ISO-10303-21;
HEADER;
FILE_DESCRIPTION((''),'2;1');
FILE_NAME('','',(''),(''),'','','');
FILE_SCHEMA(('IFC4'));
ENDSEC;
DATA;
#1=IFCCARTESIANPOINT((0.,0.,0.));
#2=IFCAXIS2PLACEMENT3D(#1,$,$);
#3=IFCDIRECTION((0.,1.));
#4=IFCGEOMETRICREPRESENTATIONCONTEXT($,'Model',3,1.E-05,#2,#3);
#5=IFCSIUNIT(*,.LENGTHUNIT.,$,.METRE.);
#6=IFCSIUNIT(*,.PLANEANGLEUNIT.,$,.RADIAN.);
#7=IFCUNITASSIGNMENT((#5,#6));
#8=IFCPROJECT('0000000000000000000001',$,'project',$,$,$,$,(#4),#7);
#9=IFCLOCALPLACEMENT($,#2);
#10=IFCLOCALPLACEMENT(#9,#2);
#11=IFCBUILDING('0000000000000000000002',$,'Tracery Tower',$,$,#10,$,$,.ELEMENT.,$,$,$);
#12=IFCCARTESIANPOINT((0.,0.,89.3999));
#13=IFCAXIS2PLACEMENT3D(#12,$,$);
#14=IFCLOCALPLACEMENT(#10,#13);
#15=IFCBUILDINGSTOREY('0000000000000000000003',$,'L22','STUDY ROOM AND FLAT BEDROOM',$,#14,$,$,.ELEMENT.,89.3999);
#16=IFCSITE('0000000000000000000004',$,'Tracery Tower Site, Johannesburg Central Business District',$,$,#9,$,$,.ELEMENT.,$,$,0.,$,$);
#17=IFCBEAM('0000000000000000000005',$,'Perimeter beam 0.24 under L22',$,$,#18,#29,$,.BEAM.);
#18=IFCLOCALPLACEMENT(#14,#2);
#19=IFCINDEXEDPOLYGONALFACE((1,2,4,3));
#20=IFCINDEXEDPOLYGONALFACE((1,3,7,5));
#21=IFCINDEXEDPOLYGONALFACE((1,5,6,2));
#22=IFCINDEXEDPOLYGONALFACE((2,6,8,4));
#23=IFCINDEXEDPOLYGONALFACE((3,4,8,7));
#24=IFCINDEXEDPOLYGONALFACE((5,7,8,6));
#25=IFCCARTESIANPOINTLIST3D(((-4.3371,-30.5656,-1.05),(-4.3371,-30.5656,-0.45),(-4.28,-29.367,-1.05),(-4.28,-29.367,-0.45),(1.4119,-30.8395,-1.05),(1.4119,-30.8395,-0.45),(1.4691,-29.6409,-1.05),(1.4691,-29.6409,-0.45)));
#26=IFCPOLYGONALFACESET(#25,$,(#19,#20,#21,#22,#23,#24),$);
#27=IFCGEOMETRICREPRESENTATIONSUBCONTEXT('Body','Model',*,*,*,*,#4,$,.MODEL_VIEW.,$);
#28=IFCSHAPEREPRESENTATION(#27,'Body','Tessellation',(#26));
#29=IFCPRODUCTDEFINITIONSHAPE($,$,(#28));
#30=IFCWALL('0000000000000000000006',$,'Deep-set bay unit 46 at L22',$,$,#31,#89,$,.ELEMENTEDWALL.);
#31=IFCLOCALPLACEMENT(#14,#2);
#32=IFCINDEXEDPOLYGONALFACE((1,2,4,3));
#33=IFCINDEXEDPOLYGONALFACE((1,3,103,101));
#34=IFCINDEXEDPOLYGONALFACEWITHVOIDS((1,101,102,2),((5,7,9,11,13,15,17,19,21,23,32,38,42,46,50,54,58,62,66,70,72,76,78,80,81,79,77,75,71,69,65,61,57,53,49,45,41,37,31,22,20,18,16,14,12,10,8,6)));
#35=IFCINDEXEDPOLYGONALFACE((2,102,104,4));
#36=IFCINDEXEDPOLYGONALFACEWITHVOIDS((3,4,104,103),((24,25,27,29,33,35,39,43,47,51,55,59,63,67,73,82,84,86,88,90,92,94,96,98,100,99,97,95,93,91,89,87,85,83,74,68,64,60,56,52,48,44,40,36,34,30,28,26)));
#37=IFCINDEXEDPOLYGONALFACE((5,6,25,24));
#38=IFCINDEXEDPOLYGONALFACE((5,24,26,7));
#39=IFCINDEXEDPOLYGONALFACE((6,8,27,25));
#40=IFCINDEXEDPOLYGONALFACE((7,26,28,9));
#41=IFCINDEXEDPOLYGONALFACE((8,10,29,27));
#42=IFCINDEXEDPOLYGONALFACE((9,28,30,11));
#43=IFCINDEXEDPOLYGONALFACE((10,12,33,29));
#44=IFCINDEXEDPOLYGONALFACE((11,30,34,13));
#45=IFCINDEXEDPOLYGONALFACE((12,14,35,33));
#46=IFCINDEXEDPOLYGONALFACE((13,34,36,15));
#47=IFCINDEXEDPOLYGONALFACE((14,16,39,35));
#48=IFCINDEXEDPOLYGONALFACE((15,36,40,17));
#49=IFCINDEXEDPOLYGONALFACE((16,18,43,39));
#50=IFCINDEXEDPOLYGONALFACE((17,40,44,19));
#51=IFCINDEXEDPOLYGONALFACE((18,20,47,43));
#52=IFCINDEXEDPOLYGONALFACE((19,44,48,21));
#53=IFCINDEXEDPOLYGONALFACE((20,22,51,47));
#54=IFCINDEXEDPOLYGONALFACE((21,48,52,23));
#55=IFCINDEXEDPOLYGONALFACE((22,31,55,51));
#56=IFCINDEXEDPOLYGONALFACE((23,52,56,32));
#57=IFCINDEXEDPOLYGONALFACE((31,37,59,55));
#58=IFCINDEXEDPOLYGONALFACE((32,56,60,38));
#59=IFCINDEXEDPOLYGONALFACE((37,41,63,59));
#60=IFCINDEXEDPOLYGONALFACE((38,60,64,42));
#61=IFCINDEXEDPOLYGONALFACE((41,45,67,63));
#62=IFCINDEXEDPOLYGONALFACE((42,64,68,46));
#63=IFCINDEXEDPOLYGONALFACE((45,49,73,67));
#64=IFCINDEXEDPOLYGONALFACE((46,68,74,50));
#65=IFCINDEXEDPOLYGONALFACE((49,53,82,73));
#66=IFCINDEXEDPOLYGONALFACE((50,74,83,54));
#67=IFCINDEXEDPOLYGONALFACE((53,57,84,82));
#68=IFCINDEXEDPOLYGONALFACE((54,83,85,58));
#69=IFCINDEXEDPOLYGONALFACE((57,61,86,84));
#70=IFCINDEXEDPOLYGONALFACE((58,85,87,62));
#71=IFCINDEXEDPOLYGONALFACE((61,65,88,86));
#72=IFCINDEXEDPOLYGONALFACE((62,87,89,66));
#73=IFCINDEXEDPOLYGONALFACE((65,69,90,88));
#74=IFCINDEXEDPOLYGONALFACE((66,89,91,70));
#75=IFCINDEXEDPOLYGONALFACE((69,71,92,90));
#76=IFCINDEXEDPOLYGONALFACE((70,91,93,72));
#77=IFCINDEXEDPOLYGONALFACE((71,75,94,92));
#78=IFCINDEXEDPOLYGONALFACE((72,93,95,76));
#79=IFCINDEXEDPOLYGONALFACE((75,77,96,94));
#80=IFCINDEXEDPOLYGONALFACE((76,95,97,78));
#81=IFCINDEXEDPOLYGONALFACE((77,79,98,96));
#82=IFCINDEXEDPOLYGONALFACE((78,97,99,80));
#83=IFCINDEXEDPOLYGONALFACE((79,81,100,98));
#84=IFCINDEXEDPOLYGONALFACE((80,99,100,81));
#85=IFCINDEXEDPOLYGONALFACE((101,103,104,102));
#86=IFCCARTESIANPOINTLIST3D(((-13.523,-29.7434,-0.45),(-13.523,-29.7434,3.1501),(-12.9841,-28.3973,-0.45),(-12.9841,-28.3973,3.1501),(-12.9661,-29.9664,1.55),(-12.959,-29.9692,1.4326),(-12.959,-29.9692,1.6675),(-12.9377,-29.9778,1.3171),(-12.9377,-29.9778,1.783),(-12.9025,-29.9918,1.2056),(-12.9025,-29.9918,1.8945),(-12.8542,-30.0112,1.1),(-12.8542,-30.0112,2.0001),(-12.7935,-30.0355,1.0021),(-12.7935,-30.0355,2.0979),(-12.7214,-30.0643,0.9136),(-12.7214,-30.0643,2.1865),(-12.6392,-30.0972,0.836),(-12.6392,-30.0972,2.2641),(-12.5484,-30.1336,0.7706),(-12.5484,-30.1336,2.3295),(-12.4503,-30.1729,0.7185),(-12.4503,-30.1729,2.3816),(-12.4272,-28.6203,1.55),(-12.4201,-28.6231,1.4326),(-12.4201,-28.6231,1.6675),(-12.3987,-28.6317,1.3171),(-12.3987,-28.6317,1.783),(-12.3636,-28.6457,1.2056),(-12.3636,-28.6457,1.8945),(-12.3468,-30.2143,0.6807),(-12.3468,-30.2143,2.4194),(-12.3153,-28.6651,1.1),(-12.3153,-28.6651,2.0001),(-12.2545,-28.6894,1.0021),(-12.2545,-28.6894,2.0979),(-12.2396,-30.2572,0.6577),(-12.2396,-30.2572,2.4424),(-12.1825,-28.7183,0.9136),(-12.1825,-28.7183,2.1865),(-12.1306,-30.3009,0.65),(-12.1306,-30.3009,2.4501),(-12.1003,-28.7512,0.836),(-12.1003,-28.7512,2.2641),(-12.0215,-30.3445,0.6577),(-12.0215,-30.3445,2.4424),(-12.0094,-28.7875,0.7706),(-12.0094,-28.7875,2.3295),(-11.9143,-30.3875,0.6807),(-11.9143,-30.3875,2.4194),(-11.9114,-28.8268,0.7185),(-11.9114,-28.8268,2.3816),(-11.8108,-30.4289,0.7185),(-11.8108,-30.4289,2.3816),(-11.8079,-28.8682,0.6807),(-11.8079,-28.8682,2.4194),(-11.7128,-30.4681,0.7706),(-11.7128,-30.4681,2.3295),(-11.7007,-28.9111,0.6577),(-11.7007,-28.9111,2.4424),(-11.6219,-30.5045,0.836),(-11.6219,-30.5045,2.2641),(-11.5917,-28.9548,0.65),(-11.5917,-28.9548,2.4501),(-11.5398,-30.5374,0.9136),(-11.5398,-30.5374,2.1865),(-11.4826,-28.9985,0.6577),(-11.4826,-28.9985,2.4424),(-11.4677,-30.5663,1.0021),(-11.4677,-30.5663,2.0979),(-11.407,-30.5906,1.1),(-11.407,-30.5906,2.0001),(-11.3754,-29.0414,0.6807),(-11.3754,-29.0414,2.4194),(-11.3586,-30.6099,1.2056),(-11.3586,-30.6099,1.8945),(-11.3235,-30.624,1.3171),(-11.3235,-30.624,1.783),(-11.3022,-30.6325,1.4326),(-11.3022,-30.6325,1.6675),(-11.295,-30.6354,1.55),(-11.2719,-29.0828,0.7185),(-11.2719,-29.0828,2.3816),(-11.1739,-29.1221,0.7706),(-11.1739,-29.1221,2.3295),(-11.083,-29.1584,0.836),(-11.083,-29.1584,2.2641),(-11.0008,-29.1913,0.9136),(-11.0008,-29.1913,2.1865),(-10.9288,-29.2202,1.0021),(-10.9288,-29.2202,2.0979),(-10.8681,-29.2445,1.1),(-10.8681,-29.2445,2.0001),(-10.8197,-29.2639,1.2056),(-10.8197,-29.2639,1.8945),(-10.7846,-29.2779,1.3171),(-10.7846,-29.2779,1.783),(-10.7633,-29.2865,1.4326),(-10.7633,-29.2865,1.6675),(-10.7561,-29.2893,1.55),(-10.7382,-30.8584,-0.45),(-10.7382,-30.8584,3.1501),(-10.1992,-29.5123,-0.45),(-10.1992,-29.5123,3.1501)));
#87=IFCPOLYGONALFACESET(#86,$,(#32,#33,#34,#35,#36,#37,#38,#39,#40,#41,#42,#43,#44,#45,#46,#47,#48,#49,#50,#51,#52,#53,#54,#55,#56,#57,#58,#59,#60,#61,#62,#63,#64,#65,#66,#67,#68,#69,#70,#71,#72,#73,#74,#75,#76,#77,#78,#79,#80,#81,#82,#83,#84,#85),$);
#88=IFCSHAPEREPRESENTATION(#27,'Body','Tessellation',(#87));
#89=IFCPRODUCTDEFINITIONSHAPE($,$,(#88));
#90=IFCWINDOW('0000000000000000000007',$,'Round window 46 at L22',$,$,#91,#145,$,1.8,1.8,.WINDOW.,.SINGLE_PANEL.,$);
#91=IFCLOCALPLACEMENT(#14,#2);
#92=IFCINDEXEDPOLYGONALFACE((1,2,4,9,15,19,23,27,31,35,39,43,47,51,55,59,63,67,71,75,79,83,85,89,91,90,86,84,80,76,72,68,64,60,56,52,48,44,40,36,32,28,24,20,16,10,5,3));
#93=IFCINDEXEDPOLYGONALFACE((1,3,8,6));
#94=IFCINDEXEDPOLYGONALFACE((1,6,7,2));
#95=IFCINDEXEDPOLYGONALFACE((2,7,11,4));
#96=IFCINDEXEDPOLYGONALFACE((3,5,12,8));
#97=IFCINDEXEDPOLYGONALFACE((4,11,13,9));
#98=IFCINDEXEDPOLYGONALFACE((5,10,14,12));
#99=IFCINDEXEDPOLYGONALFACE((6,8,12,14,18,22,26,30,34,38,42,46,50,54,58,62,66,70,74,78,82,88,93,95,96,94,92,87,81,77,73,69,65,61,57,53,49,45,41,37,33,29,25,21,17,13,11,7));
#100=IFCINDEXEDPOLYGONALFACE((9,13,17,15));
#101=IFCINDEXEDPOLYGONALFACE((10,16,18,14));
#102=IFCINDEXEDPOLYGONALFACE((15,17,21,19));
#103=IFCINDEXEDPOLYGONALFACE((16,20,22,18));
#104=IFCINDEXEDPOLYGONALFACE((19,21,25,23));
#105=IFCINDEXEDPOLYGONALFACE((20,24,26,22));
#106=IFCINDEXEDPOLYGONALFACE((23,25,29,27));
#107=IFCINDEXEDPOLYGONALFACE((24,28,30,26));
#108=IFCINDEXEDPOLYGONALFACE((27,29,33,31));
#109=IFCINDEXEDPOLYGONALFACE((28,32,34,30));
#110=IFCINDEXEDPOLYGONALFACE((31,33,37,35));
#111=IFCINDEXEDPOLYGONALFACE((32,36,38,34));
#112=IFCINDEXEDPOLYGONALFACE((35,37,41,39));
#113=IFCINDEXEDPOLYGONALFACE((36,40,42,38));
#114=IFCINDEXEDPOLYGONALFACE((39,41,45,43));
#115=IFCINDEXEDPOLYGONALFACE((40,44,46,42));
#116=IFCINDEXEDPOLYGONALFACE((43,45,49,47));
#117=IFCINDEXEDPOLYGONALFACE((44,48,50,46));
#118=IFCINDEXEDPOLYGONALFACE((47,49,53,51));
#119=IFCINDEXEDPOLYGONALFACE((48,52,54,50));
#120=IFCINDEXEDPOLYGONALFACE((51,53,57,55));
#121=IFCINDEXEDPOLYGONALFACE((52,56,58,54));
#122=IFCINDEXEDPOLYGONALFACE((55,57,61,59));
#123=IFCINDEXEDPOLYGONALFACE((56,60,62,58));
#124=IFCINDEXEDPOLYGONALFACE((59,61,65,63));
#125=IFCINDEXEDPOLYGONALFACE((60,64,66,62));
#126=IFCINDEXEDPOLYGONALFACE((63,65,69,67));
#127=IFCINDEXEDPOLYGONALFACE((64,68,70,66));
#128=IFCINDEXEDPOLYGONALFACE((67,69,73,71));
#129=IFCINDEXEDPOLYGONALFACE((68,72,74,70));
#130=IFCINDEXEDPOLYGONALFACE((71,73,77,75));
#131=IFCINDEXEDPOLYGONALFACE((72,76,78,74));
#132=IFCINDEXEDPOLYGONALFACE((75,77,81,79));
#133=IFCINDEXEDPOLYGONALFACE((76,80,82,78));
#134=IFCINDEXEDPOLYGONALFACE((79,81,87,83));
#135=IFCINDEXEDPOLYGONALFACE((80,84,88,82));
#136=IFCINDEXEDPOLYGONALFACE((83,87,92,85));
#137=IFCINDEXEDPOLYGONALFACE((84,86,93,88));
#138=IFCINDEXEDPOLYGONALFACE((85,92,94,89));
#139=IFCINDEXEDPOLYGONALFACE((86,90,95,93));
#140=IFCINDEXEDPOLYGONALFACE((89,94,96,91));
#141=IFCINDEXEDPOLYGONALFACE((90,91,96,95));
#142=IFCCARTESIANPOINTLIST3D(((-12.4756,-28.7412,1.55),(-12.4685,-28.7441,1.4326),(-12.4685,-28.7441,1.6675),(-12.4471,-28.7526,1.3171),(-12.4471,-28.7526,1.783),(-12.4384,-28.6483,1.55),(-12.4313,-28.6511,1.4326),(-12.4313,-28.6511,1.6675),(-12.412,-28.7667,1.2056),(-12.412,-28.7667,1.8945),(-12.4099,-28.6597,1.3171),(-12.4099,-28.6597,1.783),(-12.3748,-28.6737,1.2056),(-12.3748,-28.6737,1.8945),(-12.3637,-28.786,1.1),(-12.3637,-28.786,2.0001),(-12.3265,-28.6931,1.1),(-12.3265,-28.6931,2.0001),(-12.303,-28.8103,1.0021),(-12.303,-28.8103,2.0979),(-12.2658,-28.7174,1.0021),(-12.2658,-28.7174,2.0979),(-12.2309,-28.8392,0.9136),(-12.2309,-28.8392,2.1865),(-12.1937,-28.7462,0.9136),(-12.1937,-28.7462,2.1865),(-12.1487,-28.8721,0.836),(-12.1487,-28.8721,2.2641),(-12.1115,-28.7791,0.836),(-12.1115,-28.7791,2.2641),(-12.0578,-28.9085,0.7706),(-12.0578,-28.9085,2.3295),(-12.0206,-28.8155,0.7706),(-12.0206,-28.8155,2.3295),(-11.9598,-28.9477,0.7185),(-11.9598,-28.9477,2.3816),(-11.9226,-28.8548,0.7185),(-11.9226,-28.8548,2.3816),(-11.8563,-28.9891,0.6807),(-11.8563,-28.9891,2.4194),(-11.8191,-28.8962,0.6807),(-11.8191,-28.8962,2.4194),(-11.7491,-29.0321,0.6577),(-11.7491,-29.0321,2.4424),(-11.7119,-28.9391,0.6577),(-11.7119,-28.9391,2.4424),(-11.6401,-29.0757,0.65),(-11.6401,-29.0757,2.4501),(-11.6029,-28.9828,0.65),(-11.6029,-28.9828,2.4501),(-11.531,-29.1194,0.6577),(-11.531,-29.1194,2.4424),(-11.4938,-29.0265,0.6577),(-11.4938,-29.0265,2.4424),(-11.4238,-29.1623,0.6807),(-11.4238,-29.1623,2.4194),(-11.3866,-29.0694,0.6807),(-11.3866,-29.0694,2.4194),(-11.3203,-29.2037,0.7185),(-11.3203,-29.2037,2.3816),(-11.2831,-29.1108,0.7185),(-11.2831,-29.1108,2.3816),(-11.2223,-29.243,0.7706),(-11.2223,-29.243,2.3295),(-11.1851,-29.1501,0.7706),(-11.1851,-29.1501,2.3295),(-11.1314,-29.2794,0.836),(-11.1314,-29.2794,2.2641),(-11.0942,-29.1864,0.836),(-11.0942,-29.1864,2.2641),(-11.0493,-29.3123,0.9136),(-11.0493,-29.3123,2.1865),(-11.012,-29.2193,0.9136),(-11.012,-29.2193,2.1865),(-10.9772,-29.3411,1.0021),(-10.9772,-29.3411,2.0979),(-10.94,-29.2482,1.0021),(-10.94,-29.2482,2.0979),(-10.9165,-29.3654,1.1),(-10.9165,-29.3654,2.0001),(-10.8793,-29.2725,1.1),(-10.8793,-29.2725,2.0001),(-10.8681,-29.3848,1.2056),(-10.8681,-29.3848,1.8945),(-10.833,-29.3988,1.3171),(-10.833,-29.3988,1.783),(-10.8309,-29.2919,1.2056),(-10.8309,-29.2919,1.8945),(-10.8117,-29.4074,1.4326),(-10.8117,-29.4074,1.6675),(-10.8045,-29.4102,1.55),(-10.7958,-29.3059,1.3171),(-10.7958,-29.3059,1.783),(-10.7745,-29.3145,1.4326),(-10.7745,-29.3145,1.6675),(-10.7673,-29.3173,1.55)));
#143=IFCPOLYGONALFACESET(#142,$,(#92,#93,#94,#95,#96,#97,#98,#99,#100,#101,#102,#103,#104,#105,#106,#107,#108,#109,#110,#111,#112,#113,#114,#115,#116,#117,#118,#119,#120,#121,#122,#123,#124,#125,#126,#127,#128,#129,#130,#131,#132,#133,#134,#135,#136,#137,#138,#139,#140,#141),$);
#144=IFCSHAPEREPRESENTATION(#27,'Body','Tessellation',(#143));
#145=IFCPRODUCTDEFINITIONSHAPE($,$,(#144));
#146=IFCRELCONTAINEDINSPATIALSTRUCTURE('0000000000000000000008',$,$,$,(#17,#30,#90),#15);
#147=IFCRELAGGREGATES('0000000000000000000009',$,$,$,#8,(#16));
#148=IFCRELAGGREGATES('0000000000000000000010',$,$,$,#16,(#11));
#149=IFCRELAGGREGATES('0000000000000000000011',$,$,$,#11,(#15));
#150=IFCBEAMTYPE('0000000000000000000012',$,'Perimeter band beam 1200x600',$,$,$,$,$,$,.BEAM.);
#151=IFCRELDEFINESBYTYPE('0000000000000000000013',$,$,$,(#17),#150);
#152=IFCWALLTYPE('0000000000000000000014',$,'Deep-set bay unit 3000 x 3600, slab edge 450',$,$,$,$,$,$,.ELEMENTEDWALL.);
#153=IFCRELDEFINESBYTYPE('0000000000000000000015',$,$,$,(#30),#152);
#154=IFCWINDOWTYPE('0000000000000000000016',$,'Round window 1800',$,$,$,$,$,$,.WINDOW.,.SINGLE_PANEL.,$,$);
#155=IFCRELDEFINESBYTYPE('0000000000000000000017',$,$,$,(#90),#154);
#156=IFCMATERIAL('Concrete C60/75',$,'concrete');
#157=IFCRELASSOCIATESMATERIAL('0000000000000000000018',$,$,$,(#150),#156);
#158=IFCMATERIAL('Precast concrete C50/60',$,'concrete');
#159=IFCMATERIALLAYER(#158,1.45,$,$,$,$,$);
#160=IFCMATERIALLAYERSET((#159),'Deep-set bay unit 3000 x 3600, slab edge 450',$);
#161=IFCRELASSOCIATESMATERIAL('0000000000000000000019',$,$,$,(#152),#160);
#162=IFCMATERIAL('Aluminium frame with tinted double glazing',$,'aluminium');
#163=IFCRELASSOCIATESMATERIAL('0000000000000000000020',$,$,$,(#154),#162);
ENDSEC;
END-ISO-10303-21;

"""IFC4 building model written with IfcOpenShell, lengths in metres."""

from ifc_helpers import new_model, si_unit, direction, frame, frame_2d, origin, origin_2d, place, context, subcontext, project, spatial, rectangle, circle, extrude, material, layer, layer_set, material_profile, profile_set, type_object, element, fill, save


model = new_model("IFC4")

# Units and contexts
model_context = context("Model", 3, precision=1e-05, world=origin(), true_north=direction((0.0, 1.0)))
body_context = subcontext(model_context, "Body", "Model", "MODEL_VIEW")
ifc_project = project(units=[si_unit("LENGTHUNIT", "METRE"), si_unit("PLANEANGLEUNIT", "RADIAN")], contexts=[model_context])

# Site, building, storey
site_placement = place(None, origin())
site = spatial("IfcSite", under=ifc_project, at=site_placement, Name="Tracery Tower Site, Johannesburg Central Business District", CompositionType="ELEMENT", RefElevation=0.0)
building_placement = place(site_placement, origin())
building = spatial("IfcBuilding", under=site, at=building_placement, Name="Tracery Tower", CompositionType="ELEMENT")
storey_placement = place(building_placement, frame((0.0, 0.0, 89.3999)))
storey = spatial("IfcBuildingStorey", under=building, at=storey_placement, Name="L22", Description="STUDY ROOM AND FLAT BEDROOM", CompositionType="ELEMENT", Elevation=89.3999)

# Beam
ifc_material_1 = material(Name="Concrete C60/75", Category="concrete")
ifc_material_profile_1 = material_profile(ifc_material_1, rectangle(XDim=1.2, YDim=0.6001, at=origin_2d()), Name="RC 1200x600")
ifc_profile_set_1 = profile_set([ifc_material_profile_1], Name="Concrete C60/75")
beam_type = type_object("IfcBeamType", Name="Perimeter band beam 1200x600", PredefinedType="BEAM", material=ifc_profile_set_1)
beam_1_placement = place(storey_placement, frame((-4.3086, -29.9663, -0.75), z_axis=(0.998867, -0.047593, 0.0), x_axis=(0.047593, 0.998867, 0.0)))
element("IfcBeam", 1, at=beam_1_placement, inside=storey, type_object=beam_type, Name="Perimeter beam 0.24 under L22", PredefinedType="BEAM", context=body_context, shape_type="SweptSolid", body=[
    extrude(rectangle(XDim=1.2, YDim=0.6001, at=origin_2d()), origin(), (0.0, 0.0, 1.0), 5.7556),
])

# Wall, opening, window
ifc_material_2 = material(Name="Precast concrete C50/60", Category="concrete")
ifc_layer_1 = layer(ifc_material_2, 1.45)
ifc_layer_set_1 = layer_set([ifc_layer_1], Name="Deep-set bay unit 3000 x 3600, slab edge 450")
wall_type_1 = type_object("IfcWallType", Name="Deep-set bay unit 3000 x 3600, slab edge 450", PredefinedType="ELEMENTEDWALL", material=ifc_layer_set_1)
wall_1_placement = place(storey_placement, frame((-13.2537, -29.0703, -0.45), z_axis=(0.0, 0.0, 1.0), x_axis=(0.928359, -0.371685, 0.0)))
wall_1 = element("IfcWall", 2, at=wall_1_placement, inside=storey, type_object=wall_type_1, Name="Deep-set bay unit 46 at L22", PredefinedType="ELEMENTEDWALL", context=body_context, shape_type="SweptSolid", body=[
    extrude(rectangle(XDim=2.9998, YDim=1.45, at=frame_2d((1.5, 0.0))), origin(), (0.0, 0.0, 1.0), 3.6001),
])
opening_1_placement = place(wall_1_placement, frame((1.5, 0.0, 2.0)))
opening_1 = element("IfcOpeningElement", 3, at=opening_1_placement, cuts=wall_1, PredefinedType="OPENING", context=body_context, shape_type="SweptSolid", body=[
    extrude(circle(Radius=0.9, at=origin_2d()), frame((0.0, 0.7349, 0.0), z_axis=(0.0, -1.0, 0.0), x_axis=(1.0, 0.0, 0.0)), (0.0, 0.0, 1.0), 1.47),
])
ifc_material_3 = material(Name="Aluminium frame with tinted double glazing", Category="aluminium")
window_type = type_object("IfcWindowType", Name="Round window 1800", PartitioningType="SINGLE_PANEL", PredefinedType="WINDOW", material=ifc_material_3)
window_1_placement = place(opening_1_placement, origin())
window_1 = element("IfcWindow", 4, at=window_1_placement, inside=storey, type_object=window_type, Name="Round window 46 at L22", OverallHeight=1.8, OverallWidth=1.8, PartitioningType="SINGLE_PANEL", PredefinedType="WINDOW", context=body_context, shape_type="SweptSolid", body=[
    extrude(circle(Radius=0.9, at=origin_2d()), frame((0.0, 0.6948, 0.0), z_axis=(0.0, -1.0, 0.0), x_axis=(1.0, 0.0, 0.0)), (0.0, 0.0, 1.0), 0.1001),
])
fill(opening_1, window_1)

save(model, "model.ifc")
